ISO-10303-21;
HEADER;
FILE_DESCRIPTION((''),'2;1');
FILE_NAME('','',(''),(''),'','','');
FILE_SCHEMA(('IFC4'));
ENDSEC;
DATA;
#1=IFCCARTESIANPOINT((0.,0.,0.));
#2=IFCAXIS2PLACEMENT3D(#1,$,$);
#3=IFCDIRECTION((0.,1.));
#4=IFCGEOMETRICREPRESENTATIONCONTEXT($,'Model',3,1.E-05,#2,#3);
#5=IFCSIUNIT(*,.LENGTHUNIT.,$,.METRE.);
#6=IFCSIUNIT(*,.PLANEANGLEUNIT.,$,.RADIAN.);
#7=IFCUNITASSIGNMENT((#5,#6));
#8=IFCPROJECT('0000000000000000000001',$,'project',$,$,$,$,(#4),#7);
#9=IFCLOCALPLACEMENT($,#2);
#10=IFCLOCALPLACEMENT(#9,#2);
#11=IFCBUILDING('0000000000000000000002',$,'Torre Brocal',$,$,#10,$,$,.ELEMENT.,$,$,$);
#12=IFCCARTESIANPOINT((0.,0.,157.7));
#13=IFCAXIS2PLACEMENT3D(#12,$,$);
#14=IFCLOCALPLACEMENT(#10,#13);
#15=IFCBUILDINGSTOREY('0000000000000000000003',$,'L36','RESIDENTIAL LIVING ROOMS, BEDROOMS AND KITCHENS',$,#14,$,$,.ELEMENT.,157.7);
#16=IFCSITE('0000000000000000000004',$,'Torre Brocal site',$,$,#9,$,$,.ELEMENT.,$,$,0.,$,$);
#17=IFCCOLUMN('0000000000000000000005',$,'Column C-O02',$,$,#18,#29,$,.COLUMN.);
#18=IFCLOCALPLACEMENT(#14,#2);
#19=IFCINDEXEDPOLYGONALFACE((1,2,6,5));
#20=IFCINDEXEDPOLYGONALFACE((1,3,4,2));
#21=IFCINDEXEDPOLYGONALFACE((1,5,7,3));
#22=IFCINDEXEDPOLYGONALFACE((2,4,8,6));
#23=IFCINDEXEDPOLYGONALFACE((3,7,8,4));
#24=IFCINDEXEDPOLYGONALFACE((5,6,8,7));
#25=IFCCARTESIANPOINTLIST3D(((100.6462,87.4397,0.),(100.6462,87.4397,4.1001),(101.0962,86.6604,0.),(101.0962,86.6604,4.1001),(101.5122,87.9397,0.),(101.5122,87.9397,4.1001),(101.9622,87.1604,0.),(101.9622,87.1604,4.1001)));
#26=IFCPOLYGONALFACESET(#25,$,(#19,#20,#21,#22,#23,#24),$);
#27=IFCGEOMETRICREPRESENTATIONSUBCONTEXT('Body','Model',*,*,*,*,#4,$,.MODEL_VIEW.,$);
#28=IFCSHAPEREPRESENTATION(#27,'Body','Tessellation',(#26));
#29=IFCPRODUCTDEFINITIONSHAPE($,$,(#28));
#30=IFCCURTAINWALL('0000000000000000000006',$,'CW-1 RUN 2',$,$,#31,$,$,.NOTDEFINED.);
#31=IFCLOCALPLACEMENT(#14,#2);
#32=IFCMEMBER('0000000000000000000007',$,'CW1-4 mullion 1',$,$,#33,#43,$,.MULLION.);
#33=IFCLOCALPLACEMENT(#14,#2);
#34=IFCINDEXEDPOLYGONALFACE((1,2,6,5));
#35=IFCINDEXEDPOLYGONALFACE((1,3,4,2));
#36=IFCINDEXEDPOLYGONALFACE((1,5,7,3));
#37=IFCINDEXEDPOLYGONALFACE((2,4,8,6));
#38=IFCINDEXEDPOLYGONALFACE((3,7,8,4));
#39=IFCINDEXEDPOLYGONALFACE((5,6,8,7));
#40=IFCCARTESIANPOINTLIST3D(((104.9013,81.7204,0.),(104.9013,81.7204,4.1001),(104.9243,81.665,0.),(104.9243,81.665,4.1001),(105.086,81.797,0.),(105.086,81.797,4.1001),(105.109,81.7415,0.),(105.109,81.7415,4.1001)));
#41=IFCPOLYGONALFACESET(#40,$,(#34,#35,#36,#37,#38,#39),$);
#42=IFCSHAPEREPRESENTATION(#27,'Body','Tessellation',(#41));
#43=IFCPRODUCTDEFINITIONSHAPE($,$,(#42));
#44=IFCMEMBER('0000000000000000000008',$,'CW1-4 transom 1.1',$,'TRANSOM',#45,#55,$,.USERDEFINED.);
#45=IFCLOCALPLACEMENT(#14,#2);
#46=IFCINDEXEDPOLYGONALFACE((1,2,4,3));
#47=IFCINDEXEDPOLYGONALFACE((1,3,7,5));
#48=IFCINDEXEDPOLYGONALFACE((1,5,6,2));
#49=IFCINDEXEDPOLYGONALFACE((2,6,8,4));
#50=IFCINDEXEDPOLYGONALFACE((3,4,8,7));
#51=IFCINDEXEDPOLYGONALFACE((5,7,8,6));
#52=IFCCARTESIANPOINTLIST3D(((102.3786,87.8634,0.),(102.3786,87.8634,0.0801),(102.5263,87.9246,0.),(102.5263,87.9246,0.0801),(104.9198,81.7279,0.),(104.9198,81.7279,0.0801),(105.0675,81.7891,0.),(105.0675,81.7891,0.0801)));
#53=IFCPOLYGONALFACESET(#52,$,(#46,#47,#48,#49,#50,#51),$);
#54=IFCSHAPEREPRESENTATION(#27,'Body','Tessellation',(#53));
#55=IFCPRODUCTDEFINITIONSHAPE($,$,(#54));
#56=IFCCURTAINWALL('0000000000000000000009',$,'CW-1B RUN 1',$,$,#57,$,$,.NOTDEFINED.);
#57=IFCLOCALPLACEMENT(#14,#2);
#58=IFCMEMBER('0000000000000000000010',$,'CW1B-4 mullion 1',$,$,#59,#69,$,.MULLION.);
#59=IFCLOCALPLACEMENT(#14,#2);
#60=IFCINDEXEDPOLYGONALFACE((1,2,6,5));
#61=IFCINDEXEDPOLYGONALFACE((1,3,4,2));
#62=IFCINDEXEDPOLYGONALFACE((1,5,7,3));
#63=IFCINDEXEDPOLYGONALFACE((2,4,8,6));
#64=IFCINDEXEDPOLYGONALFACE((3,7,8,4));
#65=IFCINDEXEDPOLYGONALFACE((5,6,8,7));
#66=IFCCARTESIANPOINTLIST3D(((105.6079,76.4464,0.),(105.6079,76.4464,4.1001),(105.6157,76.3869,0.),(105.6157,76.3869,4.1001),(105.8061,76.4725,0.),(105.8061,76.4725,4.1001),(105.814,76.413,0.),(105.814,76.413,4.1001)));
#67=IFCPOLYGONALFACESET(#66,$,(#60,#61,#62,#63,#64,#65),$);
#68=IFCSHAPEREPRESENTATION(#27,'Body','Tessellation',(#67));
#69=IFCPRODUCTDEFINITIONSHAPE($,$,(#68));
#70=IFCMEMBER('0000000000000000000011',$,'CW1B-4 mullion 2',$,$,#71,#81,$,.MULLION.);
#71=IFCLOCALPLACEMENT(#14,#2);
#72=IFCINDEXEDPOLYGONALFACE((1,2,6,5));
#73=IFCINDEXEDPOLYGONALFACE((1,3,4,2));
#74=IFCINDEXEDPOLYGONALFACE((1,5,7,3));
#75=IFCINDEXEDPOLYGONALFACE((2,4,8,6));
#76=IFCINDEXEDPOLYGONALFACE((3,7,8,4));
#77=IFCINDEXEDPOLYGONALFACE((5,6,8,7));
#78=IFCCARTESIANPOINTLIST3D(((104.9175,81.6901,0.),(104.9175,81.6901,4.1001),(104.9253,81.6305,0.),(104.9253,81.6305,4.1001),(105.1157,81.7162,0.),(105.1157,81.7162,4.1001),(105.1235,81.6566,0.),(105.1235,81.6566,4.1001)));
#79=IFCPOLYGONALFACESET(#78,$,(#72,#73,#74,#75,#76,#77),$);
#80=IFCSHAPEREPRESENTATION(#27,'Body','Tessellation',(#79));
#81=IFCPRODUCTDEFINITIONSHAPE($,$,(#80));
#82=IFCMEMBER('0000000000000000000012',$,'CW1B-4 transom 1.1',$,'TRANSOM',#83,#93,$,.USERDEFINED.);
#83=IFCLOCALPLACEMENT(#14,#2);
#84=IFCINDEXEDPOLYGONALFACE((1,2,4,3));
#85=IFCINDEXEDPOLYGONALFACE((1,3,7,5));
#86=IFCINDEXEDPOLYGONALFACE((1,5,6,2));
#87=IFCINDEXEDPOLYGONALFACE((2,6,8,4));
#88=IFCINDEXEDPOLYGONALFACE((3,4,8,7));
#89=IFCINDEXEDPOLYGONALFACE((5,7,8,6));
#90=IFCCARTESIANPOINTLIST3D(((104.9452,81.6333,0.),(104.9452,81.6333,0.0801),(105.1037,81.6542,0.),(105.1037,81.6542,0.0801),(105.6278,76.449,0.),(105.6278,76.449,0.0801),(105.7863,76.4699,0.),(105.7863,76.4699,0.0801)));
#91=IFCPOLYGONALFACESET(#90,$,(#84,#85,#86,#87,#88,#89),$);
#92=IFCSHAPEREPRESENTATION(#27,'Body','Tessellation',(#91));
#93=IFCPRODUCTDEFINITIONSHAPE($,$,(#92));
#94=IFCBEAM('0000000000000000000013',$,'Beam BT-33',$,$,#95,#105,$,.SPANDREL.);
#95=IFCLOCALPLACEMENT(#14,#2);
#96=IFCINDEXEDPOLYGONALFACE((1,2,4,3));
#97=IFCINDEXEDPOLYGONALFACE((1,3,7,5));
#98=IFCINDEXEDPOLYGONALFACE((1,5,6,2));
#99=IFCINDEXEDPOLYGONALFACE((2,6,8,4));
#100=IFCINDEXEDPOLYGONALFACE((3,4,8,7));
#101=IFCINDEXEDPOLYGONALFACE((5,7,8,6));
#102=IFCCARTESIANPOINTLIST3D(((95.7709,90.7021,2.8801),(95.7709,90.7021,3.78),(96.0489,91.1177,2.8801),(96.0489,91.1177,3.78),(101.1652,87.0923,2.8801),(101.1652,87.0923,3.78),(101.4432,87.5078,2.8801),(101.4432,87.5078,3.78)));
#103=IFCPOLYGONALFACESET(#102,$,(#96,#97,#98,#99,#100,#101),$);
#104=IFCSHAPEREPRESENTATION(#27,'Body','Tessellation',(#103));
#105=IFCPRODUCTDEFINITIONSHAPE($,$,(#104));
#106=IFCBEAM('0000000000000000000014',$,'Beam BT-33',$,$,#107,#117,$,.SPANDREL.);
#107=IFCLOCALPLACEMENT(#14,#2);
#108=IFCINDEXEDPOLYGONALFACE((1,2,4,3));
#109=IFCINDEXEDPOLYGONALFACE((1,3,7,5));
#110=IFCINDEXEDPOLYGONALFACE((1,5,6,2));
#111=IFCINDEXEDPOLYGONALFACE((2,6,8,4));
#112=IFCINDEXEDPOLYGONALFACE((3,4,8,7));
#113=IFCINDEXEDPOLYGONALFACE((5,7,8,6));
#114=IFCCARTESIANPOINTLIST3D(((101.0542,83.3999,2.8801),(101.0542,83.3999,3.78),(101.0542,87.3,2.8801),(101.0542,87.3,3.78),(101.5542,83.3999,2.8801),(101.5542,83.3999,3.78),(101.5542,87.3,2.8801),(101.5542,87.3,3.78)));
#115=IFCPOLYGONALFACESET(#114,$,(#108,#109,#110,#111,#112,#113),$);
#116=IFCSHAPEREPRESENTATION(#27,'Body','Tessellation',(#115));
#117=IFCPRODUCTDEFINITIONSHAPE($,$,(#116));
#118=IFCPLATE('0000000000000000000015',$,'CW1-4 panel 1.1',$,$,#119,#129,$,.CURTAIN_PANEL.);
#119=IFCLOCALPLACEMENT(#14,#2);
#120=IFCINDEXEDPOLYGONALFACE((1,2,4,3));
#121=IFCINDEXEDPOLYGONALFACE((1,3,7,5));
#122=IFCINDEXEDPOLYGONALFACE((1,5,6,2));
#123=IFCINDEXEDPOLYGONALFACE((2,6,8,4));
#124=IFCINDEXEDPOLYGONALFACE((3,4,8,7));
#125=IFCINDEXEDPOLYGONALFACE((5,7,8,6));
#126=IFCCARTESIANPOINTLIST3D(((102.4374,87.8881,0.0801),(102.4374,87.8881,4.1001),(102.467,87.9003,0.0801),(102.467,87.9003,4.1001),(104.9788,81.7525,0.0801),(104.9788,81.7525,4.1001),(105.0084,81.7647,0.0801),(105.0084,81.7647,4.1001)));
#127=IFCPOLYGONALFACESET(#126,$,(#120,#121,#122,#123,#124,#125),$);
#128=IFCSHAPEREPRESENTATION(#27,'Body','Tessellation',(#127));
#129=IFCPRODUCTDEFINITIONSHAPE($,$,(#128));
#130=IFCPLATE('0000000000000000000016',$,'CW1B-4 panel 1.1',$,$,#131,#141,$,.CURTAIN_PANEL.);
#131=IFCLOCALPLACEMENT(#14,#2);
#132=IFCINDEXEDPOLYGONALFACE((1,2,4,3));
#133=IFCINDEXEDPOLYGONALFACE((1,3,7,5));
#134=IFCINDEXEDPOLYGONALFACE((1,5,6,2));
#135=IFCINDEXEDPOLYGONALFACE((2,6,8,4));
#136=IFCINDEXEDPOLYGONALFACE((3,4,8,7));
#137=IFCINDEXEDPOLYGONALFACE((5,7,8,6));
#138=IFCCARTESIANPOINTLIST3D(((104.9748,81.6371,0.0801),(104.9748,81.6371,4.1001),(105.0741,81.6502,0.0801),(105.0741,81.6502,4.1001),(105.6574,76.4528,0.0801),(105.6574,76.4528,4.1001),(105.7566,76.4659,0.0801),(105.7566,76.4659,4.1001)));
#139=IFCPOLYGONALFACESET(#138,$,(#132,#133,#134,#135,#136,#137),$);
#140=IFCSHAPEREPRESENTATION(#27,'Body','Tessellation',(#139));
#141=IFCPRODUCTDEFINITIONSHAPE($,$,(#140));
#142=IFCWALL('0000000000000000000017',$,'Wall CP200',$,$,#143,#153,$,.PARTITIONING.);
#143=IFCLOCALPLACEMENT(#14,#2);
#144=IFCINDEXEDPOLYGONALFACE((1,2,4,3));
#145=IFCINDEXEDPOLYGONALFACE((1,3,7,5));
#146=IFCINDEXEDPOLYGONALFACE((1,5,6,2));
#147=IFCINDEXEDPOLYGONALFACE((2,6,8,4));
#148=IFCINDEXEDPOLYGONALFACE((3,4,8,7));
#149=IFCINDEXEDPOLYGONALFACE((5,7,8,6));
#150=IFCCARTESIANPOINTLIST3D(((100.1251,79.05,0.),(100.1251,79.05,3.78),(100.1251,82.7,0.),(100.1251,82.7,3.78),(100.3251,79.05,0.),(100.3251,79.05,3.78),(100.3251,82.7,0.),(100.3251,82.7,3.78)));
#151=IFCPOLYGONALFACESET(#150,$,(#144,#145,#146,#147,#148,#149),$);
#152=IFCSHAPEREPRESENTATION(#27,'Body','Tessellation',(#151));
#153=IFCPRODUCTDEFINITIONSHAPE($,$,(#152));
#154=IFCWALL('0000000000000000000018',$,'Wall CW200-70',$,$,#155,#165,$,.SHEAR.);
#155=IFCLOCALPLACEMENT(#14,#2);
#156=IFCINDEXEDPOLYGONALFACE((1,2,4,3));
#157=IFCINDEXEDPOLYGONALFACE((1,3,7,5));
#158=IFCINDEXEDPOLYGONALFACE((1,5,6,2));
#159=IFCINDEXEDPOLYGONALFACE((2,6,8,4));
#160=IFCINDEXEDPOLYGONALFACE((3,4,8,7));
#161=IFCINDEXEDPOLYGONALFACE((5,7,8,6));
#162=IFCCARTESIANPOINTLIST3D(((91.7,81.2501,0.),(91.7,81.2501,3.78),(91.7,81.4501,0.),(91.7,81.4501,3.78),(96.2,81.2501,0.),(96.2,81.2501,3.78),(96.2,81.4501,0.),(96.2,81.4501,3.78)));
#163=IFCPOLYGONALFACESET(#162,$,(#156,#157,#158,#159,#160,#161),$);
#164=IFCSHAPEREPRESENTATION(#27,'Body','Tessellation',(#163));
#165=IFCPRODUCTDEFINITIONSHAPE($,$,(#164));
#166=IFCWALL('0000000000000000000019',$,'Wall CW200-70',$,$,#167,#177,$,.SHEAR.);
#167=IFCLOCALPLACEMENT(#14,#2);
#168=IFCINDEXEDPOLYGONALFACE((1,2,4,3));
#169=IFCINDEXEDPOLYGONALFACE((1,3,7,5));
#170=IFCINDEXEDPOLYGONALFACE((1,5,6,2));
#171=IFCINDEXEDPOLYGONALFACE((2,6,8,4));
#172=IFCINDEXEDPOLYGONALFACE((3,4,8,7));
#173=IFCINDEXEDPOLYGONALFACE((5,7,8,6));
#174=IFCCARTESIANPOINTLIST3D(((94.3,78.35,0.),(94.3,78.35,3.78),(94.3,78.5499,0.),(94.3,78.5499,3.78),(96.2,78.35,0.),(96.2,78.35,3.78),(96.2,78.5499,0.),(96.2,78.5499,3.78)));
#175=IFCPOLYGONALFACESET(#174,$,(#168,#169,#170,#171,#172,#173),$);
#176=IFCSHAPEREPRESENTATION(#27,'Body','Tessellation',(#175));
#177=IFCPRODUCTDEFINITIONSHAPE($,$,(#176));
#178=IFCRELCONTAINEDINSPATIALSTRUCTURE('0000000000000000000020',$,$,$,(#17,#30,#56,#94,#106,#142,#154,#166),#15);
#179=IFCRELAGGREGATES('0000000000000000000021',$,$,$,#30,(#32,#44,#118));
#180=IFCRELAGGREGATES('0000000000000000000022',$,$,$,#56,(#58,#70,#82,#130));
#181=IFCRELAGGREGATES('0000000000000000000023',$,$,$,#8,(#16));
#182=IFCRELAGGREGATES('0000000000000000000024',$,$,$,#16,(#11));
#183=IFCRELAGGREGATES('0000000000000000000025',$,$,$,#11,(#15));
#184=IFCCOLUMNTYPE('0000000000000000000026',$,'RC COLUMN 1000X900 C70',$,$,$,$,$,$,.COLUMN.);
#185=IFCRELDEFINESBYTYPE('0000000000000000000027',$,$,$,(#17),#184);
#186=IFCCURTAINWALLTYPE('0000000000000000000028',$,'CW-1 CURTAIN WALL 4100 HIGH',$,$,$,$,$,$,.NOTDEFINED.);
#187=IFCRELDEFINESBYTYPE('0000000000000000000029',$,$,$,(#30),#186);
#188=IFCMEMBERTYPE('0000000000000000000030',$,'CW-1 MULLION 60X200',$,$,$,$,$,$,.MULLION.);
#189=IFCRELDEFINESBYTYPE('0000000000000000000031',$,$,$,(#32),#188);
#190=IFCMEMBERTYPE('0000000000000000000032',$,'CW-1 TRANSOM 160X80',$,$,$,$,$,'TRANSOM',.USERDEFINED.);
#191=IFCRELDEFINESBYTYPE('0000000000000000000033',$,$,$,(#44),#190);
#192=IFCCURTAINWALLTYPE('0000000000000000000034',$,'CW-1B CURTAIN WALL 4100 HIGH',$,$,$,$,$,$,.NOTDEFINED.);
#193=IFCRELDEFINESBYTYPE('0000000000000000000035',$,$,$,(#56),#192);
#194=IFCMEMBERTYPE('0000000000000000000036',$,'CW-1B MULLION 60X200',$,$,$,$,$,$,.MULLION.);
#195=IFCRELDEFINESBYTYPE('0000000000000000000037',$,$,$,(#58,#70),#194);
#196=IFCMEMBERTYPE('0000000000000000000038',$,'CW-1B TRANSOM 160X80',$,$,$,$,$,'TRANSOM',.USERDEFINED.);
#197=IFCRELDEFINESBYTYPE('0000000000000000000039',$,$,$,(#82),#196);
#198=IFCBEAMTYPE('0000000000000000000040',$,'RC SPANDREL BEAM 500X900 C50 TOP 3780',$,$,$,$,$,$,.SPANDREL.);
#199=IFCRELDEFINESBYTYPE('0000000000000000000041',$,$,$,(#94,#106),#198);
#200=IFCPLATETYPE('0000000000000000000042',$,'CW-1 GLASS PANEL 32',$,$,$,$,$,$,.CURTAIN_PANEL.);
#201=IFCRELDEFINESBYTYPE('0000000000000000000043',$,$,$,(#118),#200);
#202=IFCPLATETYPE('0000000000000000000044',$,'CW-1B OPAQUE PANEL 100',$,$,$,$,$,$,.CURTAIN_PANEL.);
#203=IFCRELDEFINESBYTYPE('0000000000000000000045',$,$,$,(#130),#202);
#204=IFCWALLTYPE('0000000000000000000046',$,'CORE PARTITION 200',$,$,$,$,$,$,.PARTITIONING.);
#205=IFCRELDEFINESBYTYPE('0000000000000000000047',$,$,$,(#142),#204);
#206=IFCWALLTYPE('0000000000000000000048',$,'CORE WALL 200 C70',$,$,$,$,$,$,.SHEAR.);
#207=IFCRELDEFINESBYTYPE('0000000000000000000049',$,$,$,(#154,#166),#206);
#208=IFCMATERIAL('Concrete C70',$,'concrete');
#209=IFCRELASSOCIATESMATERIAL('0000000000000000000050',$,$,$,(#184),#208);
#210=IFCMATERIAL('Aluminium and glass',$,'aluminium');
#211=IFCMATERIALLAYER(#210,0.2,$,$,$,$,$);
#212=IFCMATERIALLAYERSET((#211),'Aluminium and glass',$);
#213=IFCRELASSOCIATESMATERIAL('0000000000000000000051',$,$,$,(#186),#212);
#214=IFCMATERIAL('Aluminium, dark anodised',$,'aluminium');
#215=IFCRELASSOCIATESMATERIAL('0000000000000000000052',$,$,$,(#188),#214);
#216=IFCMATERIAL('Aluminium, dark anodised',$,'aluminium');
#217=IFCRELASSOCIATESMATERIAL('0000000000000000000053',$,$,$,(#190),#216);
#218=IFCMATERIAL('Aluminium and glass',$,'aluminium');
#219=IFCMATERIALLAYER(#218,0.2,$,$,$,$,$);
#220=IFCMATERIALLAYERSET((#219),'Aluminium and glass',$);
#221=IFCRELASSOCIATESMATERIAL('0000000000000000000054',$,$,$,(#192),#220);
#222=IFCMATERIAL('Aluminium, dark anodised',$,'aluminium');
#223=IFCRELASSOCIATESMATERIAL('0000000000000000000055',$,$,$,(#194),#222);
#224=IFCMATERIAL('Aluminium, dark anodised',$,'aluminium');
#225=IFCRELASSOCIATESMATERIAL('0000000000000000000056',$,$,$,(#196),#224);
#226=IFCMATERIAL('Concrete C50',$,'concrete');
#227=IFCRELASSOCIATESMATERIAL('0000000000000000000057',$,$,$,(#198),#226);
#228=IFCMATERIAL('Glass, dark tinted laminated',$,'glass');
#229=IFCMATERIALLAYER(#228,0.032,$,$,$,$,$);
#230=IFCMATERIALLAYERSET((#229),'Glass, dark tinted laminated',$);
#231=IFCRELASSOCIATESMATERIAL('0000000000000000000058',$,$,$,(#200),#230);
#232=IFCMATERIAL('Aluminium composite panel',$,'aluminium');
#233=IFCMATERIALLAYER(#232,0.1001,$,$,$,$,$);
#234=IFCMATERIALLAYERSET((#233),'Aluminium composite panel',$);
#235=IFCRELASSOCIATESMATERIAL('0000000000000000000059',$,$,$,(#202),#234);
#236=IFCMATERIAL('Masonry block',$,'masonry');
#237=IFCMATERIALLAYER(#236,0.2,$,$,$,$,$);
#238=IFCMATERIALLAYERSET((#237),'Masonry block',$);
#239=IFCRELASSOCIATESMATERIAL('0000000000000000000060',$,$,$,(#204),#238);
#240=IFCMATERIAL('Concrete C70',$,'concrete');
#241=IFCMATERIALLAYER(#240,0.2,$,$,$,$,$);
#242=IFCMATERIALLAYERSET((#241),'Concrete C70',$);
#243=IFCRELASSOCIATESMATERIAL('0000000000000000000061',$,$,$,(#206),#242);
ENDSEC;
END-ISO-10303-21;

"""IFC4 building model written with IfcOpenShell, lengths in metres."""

from ifc_helpers import new_model, si_unit, direction, frame, frame_2d, origin, origin_2d, place, context, subcontext, project, spatial, rectangle, extrude, material, layer, layer_set, material_profile, profile_set, type_object, element, aggregate, save


model = new_model("IFC4")

# Units and contexts
model_context = context("Model", 3, precision=1e-05, world=origin(), true_north=direction((0.0, 1.0)))
body_context = subcontext(model_context, "Body", "Model", "MODEL_VIEW")
ifc_project = project(units=[si_unit("LENGTHUNIT", "METRE"), si_unit("PLANEANGLEUNIT", "RADIAN")], contexts=[model_context])

# Site, building, storey
site_placement = place(None, origin())
site = spatial("IfcSite", under=ifc_project, at=site_placement, Name="Torre Brocal site", CompositionType="ELEMENT", RefElevation=0.0)
building_placement = place(site_placement, origin())
building = spatial("IfcBuilding", under=site, at=building_placement, Name="Torre Brocal", CompositionType="ELEMENT")
storey_placement = place(building_placement, frame((0.0, 0.0, 157.7)))
storey = spatial("IfcBuildingStorey", under=building, at=storey_placement, Name="L36", Description="RESIDENTIAL LIVING ROOMS, BEDROOMS AND KITCHENS", CompositionType="ELEMENT", Elevation=157.7)

# Column
ifc_material_1 = material(Name="Concrete C70", Category="concrete")
ifc_material_profile_1 = material_profile(ifc_material_1, rectangle(XDim=1.0, YDim=0.8999, at=origin_2d()), Name="RC 1000X900")
ifc_profile_set_1 = profile_set([ifc_material_profile_1], Name="Concrete C70")
column_type = type_object("IfcColumnType", Name="RC COLUMN 1000X900 C70", PredefinedType="COLUMN", material=ifc_profile_set_1)
column_placement = place(storey_placement, frame((101.3042, 87.3, 0.0), z_axis=(0.0, 0.0, 1.0), x_axis=(0.866025, 0.5, 0.0)))
element("IfcColumn", 1, at=column_placement, inside=storey, type_object=column_type, Name="Column C-O02", PredefinedType="COLUMN", context=body_context, shape_type="SweptSolid", body=[
    extrude(rectangle(XDim=1.0, YDim=0.8999, at=origin_2d()), origin(), (0.0, 0.0, 1.0), 4.1001),
])

# Curtain walls, members
ifc_material_2 = material(Name="Aluminium and glass", Category="aluminium")
ifc_layer_1 = layer(ifc_material_2, 0.2)
ifc_layer_set_1 = layer_set([ifc_layer_1], Name="Aluminium and glass")
curtain_wall_type_1 = type_object("IfcCurtainWallType", Name="CW-1 CURTAIN WALL 4100 HIGH", PredefinedType="NOTDEFINED", material=ifc_layer_set_1)
curtain_wall_1_placement = place(storey_placement, origin())
curtain_wall_1 = element("IfcCurtainWall", 2, at=curtain_wall_1_placement, inside=storey, type_object=curtain_wall_type_1, Name="CW-1 RUN 2", PredefinedType="NOTDEFINED")
ifc_material_3 = material(Name="Aluminium, dark anodised", Category="aluminium")
ifc_material_profile_2 = material_profile(ifc_material_3, rectangle(XDim=0.2, YDim=0.0601, at=origin_2d()), Name="CW-1 MULLION 60X200")
ifc_profile_set_2 = profile_set([ifc_material_profile_2], Name="Aluminium, dark anodised")
member_type_1 = type_object("IfcMemberType", Name="CW-1 MULLION 60X200", PredefinedType="MULLION", material=ifc_profile_set_2)
member_1_placement = place(storey_placement, frame((105.0051, 81.731, 0.0), z_axis=(0.0, 0.0, 1.0), x_axis=(-0.92388, -0.382683, 0.0)))
member_1 = element("IfcMember", 3, at=member_1_placement, type_object=member_type_1, Name="CW1-4 mullion 1", PredefinedType="MULLION", context=body_context, shape_type="SweptSolid", body=[
    extrude(rectangle(XDim=0.2, YDim=0.0601, at=origin_2d()), origin(), (0.0, 0.0, 1.0), 4.1001),
])
ifc_material_4 = material(Name="Aluminium, dark anodised", Category="aluminium")
ifc_material_profile_3 = material_profile(ifc_material_4, rectangle(XDim=0.1599, YDim=0.0801, at=origin_2d()), Name="CW-1 TRANSOM 160X80")
ifc_profile_set_3 = profile_set([ifc_material_profile_3], Name="Aluminium, dark anodised")
member_type_2 = type_object("IfcMemberType", Name="CW-1 TRANSOM 160X80", ElementType="TRANSOM", PredefinedType="USERDEFINED", material=ifc_profile_set_3)
member_2_placement = place(storey_placement, frame((104.9937, 81.7585, 0.04), z_axis=(-0.382665, 0.923887, 0.0), x_axis=(-0.923887, -0.382665, 0.0)))
member_2 = element("IfcMember", 4, at=member_2_placement, type_object=member_type_2, Name="CW1-4 transom 1.1", ObjectType="TRANSOM", PredefinedType="USERDEFINED", context=body_context, shape_type="SweptSolid", body=[
    extrude(rectangle(XDim=0.1599, YDim=0.0801, at=origin_2d()), origin(), (0.0, 0.0, 1.0), 6.6409),
])
ifc_material_5 = material(Name="Aluminium and glass", Category="aluminium")
ifc_layer_2 = layer(ifc_material_5, 0.2)
ifc_layer_set_2 = layer_set([ifc_layer_2], Name="Aluminium and glass")
curtain_wall_type_2 = type_object("IfcCurtainWallType", Name="CW-1B CURTAIN WALL 4100 HIGH", PredefinedType="NOTDEFINED", material=ifc_layer_set_2)
curtain_wall_2_placement = place(storey_placement, origin())
curtain_wall_2 = element("IfcCurtainWall", 5, at=curtain_wall_2_placement, inside=storey, type_object=curtain_wall_type_2, Name="CW-1B RUN 1", PredefinedType="NOTDEFINED")
ifc_material_6 = material(Name="Aluminium, dark anodised", Category="aluminium")
ifc_material_profile_4 = material_profile(ifc_material_6, rectangle(XDim=0.2, YDim=0.0601, at=origin_2d()), Name="CW-1B MULLION 60X200")
ifc_profile_set_4 = profile_set([ifc_material_profile_4], Name="Aluminium, dark anodised")
member_type_3 = type_object("IfcMemberType", Name="CW-1B MULLION 60X200", PredefinedType="MULLION", material=ifc_profile_set_4)
member_3_placement = place(storey_placement, frame((105.7109, 76.4297, 0.0), z_axis=(0.0, 0.0, 1.0), x_axis=(-0.991445, -0.130526, 0.0)))
member_3 = element("IfcMember", 6, at=member_3_placement, type_object=member_type_3, Name="CW1B-4 mullion 1", PredefinedType="MULLION", context=body_context, shape_type="SweptSolid", body=[
    extrude(rectangle(XDim=0.2, YDim=0.0601, at=origin_2d()), origin(), (0.0, 0.0, 1.0), 4.1001),
])
member_4_placement = place(storey_placement, frame((105.0205, 81.6733, 0.0), z_axis=(0.0, 0.0, 1.0), x_axis=(-0.991445, -0.130526, 0.0)))
member_4 = element("IfcMember", 7, at=member_4_placement, type_object=member_type_3, Name="CW1B-4 mullion 2", PredefinedType="MULLION", context=body_context, shape_type="SweptSolid", body=[
    extrude(rectangle(XDim=0.2, YDim=0.0601, at=origin_2d()), origin(), (0.0, 0.0, 1.0), 4.1001),
])
ifc_material_7 = material(Name="Aluminium, dark anodised", Category="aluminium")
ifc_material_profile_5 = material_profile(ifc_material_7, rectangle(XDim=0.1599, YDim=0.0801, at=origin_2d()), Name="CW-1B TRANSOM 160X80")
ifc_profile_set_5 = profile_set([ifc_material_profile_5], Name="Aluminium, dark anodised")
member_type_4 = type_object("IfcMemberType", Name="CW-1B TRANSOM 160X80", ElementType="TRANSOM", PredefinedType="USERDEFINED", material=ifc_profile_set_5)
member_5_placement = place(storey_placement, frame((105.707, 76.4595, 0.04), z_axis=(-0.130543, 0.991443, 0.0), x_axis=(-0.991443, -0.130543, 0.0)))
member_5 = element("IfcMember", 8, at=member_5_placement, type_object=member_type_4, Name="CW1B-4 transom 1.1", ObjectType="TRANSOM", PredefinedType="USERDEFINED", context=body_context, shape_type="SweptSolid", body=[
    extrude(rectangle(XDim=0.1599, YDim=0.0801, at=origin_2d()), origin(), (0.0, 0.0, 1.0), 5.229),
])

# Beams
ifc_material_8 = material(Name="Concrete C50", Category="concrete")
ifc_material_profile_6 = material_profile(ifc_material_8, rectangle(XDim=0.5, YDim=0.8999, at=origin_2d()), Name="RC 500X900")
ifc_profile_set_6 = profile_set([ifc_material_profile_6], Name="Concrete C50")
beam_type = type_object("IfcBeamType", Name="RC SPANDREL BEAM 500X900 C50 TOP 3780", PredefinedType="SPANDREL", material=ifc_profile_set_6)
beam_1_placement = place(storey_placement, frame((101.3042, 87.3, 3.3301), z_axis=(-0.831077, 0.556158, 0.0), x_axis=(-0.556158, -0.831077, 0.0)))
element("IfcBeam", 9, at=beam_1_placement, inside=storey, type_object=beam_type, Name="Beam BT-33", PredefinedType="SPANDREL", context=body_context, shape_type="SweptSolid", body=[
    extrude(rectangle(XDim=0.5, YDim=0.8999, at=origin_2d()), origin(), (0.0, 0.0, 1.0), 6.4907),
])
beam_2_placement = place(storey_placement, frame((101.3042, 87.3, 3.3301), z_axis=(0.0, -1.0, 0.0), x_axis=(1.0, 0.0, 0.0)))
element("IfcBeam", 10, at=beam_2_placement, inside=storey, type_object=beam_type, Name="Beam BT-33", PredefinedType="SPANDREL", context=body_context, shape_type="SweptSolid", body=[
    extrude(rectangle(XDim=0.5, YDim=0.8999, at=origin_2d()), origin(), (0.0, 0.0, 1.0), 3.9001),
])

# Plates
ifc_material_9 = material(Name="Glass, dark tinted laminated", Category="glass")
ifc_layer_3 = layer(ifc_material_9, 0.032)
ifc_layer_set_3 = layer_set([ifc_layer_3], Name="Glass, dark tinted laminated")
plate_type_1 = type_object("IfcPlateType", Name="CW-1 GLASS PANEL 32", PredefinedType="CURTAIN_PANEL", material=ifc_layer_set_3)
plate_1_placement = place(storey_placement, frame((103.7229, 84.8264, 0.0801), z_axis=(0.0, 0.0, 1.0), x_axis=(-0.382683, 0.92388, 0.0)))
plate_1 = element("IfcPlate", 11, at=plate_1_placement, type_object=plate_type_1, Name="CW1-4 panel 1.1", PredefinedType="CURTAIN_PANEL", context=body_context, shape_type="SweptSolid", body=[
    extrude(rectangle(XDim=6.6411, YDim=0.032, at=origin_2d()), origin(), (0.0, 0.0, 1.0), 4.02),
])
aggregate(curtain_wall_1, [member_1, member_2, plate_1])
ifc_material_10 = material(Name="Aluminium composite panel", Category="aluminium")
ifc_layer_4 = layer(ifc_material_10, 0.1001)
ifc_layer_set_4 = layer_set([ifc_layer_4], Name="Aluminium composite panel")
plate_type_2 = type_object("IfcPlateType", Name="CW-1B OPAQUE PANEL 100", PredefinedType="CURTAIN_PANEL", material=ifc_layer_set_4)
plate_2_placement = place(storey_placement, frame((105.3657, 79.0515, 0.0801), z_axis=(0.0, 0.0, 1.0), x_axis=(-0.130526, 0.991445, 0.0)))
plate_2 = element("IfcPlate", 12, at=plate_2_placement, type_object=plate_type_2, Name="CW1B-4 panel 1.1", PredefinedType="CURTAIN_PANEL", context=body_context, shape_type="SweptSolid", body=[
    extrude(rectangle(XDim=5.229, YDim=0.1001, at=origin_2d()), origin(), (0.0, 0.0, 1.0), 4.02),
])
aggregate(curtain_wall_2, [member_3, member_4, member_5, plate_2])

# Walls
ifc_material_11 = material(Name="Masonry block", Category="masonry")
ifc_layer_5 = layer(ifc_material_11, 0.2)
ifc_layer_set_5 = layer_set([ifc_layer_5], Name="Masonry block")
wall_type_1 = type_object("IfcWallType", Name="CORE PARTITION 200", PredefinedType="PARTITIONING", material=ifc_layer_set_5)
wall_1_placement = place(storey_placement, frame((100.2251, 79.05, 0.0), z_axis=(0.0, 0.0, 1.0), x_axis=(0.0, 1.0, 0.0)))
element("IfcWall", 13, at=wall_1_placement, inside=storey, type_object=wall_type_1, Name="Wall CP200", PredefinedType="PARTITIONING", context=body_context, shape_type="SweptSolid", body=[
    extrude(rectangle(XDim=3.6499, YDim=0.2, at=frame_2d((1.825, 0.0))), origin(), (0.0, 0.0, 1.0), 3.78),
])
ifc_material_12 = material(Name="Concrete C70", Category="concrete")
ifc_layer_6 = layer(ifc_material_12, 0.2)
ifc_layer_set_6 = layer_set([ifc_layer_6], Name="Concrete C70")
wall_type_2 = type_object("IfcWallType", Name="CORE WALL 200 C70", PredefinedType="SHEAR", material=ifc_layer_set_6)
wall_2_placement = place(storey_placement, frame((91.7, 81.3501, 0.0), z_axis=(0.0, 0.0, 1.0), x_axis=(1.0, 0.0, 0.0)))
element("IfcWall", 14, at=wall_2_placement, inside=storey, type_object=wall_type_2, Name="Wall CW200-70", PredefinedType="SHEAR", context=body_context, shape_type="SweptSolid", body=[
    extrude(rectangle(XDim=4.5, YDim=0.2, at=frame_2d((2.25, 0.0))), origin(), (0.0, 0.0, 1.0), 3.78),
])
wall_3_placement = place(storey_placement, frame((94.3, 78.45, 0.0), z_axis=(0.0, 0.0, 1.0), x_axis=(1.0, 0.0, 0.0)))
element("IfcWall", 15, at=wall_3_placement, inside=storey, type_object=wall_type_2, Name="Wall CW200-70", PredefinedType="SHEAR", context=body_context, shape_type="SweptSolid", body=[
    extrude(rectangle(XDim=1.8999, YDim=0.2, at=frame_2d((0.95, 0.0))), origin(), (0.0, 0.0, 1.0), 3.78),
])

save(model, "model.ifc")
